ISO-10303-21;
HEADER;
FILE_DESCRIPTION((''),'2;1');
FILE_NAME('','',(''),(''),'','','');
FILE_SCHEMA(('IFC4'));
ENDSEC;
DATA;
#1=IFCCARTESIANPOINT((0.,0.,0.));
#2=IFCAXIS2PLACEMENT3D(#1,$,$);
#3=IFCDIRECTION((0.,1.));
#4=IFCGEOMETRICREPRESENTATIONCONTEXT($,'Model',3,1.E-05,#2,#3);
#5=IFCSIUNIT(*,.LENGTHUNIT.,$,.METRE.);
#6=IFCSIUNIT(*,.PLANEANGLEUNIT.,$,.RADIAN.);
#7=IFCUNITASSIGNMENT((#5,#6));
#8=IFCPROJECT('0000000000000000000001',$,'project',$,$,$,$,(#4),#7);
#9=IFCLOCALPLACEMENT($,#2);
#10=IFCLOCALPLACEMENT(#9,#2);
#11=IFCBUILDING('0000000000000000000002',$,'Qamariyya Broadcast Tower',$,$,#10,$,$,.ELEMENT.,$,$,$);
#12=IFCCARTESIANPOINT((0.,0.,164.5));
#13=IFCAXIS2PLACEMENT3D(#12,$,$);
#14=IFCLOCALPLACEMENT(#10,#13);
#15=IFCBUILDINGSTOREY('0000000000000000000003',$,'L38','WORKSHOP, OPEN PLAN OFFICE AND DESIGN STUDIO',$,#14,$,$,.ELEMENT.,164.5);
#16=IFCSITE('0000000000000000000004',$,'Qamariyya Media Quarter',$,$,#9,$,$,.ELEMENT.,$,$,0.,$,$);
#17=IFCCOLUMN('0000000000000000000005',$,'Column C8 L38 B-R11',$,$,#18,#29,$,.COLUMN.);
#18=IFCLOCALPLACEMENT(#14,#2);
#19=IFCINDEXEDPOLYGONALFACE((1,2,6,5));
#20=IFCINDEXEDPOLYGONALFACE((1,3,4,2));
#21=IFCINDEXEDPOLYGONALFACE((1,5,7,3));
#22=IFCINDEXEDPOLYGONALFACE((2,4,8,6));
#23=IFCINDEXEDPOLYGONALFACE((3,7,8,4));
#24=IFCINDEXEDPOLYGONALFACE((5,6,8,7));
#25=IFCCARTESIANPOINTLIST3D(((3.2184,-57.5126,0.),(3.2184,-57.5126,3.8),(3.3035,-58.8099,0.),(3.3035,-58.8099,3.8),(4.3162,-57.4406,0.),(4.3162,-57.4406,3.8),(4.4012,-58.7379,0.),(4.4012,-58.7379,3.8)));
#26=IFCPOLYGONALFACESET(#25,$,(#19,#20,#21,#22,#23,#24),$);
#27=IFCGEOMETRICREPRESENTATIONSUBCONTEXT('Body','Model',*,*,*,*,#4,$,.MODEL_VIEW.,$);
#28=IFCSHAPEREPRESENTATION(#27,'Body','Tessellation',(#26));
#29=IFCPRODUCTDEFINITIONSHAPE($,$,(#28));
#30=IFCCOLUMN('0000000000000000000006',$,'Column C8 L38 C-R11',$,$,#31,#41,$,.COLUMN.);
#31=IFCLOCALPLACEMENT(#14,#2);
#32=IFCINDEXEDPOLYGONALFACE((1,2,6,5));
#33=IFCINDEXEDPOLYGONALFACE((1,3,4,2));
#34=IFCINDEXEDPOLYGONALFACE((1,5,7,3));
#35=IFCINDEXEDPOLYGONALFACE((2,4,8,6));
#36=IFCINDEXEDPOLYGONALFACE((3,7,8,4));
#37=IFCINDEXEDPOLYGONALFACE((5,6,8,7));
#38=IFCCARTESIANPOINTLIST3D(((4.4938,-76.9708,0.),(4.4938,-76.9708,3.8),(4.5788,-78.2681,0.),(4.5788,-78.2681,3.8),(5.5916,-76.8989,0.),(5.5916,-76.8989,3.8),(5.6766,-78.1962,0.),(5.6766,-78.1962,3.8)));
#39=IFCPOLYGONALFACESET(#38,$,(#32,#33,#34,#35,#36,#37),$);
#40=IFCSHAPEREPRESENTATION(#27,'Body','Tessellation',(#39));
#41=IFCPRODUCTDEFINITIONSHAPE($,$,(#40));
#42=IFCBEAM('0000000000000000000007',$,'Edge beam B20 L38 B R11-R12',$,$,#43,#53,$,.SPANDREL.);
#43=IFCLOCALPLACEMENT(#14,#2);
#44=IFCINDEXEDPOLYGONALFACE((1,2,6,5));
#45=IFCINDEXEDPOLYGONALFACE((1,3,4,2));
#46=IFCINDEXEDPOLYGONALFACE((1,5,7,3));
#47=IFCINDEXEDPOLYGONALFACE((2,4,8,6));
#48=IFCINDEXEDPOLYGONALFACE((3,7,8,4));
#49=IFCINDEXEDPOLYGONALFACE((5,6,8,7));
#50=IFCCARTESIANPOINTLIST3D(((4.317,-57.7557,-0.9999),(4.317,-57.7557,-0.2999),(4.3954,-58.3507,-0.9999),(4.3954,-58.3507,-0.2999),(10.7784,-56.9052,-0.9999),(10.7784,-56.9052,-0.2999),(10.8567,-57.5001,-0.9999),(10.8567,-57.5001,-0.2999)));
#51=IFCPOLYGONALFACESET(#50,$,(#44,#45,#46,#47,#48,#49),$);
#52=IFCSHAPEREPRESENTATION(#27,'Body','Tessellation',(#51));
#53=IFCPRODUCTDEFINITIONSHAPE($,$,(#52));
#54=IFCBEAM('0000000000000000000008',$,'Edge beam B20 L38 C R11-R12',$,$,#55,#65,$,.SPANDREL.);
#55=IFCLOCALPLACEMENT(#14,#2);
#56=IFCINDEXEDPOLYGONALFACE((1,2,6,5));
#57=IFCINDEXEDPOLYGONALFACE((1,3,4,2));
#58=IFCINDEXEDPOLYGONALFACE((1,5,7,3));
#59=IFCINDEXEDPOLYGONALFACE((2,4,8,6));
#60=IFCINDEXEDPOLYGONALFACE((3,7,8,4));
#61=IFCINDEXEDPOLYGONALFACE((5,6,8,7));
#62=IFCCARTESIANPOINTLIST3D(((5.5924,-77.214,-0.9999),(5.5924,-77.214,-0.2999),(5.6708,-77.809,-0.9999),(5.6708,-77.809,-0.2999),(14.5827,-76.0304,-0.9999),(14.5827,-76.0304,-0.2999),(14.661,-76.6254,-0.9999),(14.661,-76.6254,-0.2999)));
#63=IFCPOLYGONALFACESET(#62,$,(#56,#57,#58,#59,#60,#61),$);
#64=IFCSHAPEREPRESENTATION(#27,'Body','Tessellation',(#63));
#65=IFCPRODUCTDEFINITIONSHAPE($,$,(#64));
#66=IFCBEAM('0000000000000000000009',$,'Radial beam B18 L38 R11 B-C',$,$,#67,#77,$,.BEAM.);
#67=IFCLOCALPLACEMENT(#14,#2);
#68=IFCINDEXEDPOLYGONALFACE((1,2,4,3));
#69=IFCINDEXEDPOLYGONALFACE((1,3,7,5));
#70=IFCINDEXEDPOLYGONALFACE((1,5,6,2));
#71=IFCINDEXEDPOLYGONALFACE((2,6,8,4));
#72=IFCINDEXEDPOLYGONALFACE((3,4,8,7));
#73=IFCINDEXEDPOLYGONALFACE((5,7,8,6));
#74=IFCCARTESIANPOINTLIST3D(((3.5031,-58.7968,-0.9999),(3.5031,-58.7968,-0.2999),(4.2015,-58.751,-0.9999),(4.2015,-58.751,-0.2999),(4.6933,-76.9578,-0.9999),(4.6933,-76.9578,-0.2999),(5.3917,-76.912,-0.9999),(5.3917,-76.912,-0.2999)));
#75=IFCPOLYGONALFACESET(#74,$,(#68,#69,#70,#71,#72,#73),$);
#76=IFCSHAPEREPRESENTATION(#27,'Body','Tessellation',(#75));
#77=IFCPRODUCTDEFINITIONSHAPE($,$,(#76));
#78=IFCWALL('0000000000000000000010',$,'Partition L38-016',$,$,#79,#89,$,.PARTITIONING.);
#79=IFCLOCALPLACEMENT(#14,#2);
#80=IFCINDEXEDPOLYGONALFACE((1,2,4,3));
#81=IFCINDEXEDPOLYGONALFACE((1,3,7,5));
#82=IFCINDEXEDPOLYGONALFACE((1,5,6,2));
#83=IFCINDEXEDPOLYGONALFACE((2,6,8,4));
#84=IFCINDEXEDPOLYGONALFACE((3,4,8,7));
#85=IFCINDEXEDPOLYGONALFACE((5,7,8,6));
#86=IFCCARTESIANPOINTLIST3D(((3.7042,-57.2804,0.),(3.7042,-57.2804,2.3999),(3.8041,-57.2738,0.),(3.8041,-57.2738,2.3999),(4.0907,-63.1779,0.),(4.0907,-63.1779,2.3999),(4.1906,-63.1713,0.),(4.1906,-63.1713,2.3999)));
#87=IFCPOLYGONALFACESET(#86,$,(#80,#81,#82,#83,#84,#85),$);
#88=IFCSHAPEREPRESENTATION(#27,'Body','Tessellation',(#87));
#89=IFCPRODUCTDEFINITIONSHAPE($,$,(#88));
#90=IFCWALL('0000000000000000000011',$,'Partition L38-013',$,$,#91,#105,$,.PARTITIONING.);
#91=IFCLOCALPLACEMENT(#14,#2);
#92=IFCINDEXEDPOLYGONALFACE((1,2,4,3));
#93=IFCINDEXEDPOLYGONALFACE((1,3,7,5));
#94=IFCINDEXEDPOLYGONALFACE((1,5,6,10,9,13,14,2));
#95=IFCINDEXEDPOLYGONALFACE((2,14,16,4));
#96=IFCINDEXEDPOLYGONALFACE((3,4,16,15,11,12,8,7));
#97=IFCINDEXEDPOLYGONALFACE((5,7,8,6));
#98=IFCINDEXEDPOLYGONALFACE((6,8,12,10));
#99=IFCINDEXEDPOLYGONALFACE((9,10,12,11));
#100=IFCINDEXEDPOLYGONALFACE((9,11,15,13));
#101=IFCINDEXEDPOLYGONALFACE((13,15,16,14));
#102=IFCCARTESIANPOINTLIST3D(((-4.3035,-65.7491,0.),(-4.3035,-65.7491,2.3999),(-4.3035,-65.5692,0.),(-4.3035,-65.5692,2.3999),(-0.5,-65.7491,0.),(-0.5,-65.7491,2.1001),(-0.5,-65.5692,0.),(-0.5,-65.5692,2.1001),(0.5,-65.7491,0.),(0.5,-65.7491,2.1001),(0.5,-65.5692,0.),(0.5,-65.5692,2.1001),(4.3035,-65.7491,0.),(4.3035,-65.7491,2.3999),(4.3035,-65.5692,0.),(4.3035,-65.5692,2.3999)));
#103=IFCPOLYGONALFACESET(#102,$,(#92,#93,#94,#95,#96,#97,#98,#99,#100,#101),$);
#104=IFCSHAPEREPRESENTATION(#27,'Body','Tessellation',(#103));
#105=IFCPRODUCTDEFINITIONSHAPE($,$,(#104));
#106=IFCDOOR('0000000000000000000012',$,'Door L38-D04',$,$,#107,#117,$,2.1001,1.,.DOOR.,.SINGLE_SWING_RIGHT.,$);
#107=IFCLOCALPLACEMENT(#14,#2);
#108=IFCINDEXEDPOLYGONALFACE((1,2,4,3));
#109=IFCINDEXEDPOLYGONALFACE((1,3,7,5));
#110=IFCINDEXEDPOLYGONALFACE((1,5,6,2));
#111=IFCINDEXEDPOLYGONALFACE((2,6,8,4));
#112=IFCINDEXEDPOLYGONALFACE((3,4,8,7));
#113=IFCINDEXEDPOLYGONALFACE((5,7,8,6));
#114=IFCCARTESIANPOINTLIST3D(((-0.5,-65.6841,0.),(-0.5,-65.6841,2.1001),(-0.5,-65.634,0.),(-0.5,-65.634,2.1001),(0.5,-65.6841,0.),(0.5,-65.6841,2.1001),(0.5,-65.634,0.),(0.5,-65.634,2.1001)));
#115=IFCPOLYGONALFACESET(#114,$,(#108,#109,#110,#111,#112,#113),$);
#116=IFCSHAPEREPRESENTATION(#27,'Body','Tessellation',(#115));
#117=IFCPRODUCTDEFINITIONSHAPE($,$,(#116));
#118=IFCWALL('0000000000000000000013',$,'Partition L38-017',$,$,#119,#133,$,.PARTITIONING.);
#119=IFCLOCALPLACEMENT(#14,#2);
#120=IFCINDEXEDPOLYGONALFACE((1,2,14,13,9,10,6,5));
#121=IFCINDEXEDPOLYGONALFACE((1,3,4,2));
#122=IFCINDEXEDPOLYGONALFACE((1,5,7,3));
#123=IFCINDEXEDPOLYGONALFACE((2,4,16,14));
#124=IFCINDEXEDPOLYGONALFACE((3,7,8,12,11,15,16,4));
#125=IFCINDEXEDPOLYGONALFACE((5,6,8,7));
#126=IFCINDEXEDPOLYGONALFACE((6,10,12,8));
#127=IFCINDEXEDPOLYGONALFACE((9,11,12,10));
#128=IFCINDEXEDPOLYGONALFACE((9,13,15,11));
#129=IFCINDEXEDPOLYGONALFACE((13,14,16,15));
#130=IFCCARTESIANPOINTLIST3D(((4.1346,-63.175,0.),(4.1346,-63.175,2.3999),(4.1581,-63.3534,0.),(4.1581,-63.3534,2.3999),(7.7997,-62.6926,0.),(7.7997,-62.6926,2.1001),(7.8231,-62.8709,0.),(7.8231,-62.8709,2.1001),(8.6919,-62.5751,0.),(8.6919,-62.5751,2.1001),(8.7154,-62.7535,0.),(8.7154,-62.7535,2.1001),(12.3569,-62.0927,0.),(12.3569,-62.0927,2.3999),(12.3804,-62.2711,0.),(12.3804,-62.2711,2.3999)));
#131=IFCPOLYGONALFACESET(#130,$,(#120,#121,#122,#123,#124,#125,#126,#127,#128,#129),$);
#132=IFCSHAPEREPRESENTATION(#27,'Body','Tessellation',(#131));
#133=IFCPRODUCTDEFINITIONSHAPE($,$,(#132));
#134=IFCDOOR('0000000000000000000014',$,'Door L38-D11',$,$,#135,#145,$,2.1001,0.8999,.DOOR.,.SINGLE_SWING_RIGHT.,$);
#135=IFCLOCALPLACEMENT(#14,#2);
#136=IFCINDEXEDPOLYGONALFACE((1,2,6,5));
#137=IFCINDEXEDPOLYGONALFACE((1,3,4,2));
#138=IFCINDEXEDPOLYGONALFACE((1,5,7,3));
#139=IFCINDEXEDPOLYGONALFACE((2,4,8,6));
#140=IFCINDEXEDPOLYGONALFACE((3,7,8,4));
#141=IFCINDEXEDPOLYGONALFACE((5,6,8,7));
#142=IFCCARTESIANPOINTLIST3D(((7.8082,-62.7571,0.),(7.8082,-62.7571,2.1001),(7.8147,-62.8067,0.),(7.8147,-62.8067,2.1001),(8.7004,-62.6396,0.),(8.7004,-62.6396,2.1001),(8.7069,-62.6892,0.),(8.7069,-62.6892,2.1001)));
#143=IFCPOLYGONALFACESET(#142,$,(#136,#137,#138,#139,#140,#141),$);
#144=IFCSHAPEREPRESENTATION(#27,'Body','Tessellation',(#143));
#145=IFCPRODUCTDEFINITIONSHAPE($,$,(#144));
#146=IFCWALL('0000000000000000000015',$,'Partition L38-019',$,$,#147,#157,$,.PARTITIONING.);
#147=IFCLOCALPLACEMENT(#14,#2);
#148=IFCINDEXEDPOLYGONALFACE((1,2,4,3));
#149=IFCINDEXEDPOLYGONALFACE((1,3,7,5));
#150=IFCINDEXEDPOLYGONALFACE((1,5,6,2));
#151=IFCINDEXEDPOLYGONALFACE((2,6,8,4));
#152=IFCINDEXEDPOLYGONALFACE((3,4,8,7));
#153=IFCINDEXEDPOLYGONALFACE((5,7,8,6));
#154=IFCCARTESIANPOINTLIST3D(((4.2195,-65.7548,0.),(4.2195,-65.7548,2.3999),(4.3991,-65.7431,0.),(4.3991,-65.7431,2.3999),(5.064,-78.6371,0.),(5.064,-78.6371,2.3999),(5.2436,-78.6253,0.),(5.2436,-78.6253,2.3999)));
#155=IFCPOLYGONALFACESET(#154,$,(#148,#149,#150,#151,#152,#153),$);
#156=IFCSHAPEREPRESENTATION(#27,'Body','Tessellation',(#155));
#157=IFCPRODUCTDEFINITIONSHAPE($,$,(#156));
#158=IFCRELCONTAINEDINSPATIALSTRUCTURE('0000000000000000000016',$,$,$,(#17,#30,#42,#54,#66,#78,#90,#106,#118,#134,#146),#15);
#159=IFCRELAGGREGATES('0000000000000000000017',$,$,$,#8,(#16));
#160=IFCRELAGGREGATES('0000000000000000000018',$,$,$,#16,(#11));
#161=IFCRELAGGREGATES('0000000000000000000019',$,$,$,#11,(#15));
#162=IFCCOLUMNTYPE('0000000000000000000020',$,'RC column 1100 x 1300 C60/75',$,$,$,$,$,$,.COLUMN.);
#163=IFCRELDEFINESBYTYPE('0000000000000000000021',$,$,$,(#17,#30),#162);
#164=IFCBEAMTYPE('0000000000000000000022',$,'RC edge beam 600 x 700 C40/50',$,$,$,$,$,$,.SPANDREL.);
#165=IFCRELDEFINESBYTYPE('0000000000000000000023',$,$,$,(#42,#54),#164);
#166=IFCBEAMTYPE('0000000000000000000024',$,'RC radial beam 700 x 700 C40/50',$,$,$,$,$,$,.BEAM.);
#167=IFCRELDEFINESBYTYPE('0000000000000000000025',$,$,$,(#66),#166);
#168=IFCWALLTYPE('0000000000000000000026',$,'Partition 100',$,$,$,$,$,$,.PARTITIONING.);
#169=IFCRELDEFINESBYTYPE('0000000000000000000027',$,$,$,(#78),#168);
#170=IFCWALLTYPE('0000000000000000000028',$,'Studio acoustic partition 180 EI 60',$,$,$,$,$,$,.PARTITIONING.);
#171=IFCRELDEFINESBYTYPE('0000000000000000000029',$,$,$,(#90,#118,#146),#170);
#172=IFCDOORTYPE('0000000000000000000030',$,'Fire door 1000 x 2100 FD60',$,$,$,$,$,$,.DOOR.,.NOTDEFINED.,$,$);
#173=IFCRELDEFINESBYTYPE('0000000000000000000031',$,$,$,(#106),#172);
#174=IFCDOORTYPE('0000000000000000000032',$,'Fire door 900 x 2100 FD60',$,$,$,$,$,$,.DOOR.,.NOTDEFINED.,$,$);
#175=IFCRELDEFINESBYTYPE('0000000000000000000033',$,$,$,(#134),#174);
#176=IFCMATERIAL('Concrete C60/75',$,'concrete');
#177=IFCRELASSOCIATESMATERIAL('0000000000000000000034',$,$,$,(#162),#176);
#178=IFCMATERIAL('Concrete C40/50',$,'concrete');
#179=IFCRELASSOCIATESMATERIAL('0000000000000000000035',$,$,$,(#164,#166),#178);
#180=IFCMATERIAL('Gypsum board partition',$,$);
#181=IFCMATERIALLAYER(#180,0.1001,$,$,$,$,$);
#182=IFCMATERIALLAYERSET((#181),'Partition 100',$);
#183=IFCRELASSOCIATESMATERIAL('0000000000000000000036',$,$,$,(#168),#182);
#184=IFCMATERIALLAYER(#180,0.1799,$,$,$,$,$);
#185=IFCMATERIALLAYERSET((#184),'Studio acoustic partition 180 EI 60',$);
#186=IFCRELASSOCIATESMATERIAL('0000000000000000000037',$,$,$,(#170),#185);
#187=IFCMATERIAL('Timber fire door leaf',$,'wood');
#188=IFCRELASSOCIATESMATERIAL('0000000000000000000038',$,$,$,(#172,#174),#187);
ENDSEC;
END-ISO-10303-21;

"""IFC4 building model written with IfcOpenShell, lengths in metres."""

from ifc_helpers import new_model, si_unit, direction, frame, frame_2d, origin, origin_2d, place, context, subcontext, project, spatial, rectangle, extrude, material, layer, layer_set, material_profile, profile_set, type_object, element, fill, save


model = new_model("IFC4")

# Units and contexts
model_context = context("Model", 3, precision=1e-05, world=origin(), true_north=direction((0.0, 1.0)))
body_context = subcontext(model_context, "Body", "Model", "MODEL_VIEW")
ifc_project = project(units=[si_unit("LENGTHUNIT", "METRE"), si_unit("PLANEANGLEUNIT", "RADIAN")], contexts=[model_context])

# Site, building, storey
site_placement = place(None, origin())
site = spatial("IfcSite", under=ifc_project, at=site_placement, Name="Qamariyya Media Quarter", CompositionType="ELEMENT", RefElevation=0.0)
building_placement = place(site_placement, origin())
building = spatial("IfcBuilding", under=site, at=building_placement, Name="Qamariyya Broadcast Tower", CompositionType="ELEMENT")
storey_placement = place(building_placement, frame((0.0, 0.0, 164.5)))
storey = spatial("IfcBuildingStorey", under=building, at=storey_placement, Name="L38", Description="WORKSHOP, OPEN PLAN OFFICE AND DESIGN STUDIO", CompositionType="ELEMENT", Elevation=164.5)

# Columns
ifc_material_1 = material(Name="Concrete C60/75", Category="concrete")
ifc_material_profile_1 = material_profile(ifc_material_1, rectangle(XDim=1.1001, YDim=1.3, at=origin_2d()))
ifc_profile_set_1 = profile_set([ifc_material_profile_1], Name="Concrete C60/75")
column_type = type_object("IfcColumnType", Name="RC column 1100 x 1300 C60/75", PredefinedType="COLUMN", material=ifc_profile_set_1)
for number, where, z_axis, x_axis, name in (
    (1, (3.8098, -58.1252, 0.0), (0.0, 0.0, 1.0), (0.997859, 0.065403, 0.0), "Column C8 L38 B-R11"),
    (2, (5.0852, -77.5835, 0.0), (0.0, 0.0, 1.0), (0.997859, 0.065403, 0.0), "Column C8 L38 C-R11"),
):
    element("IfcColumn", number, at=place(storey_placement, frame(where, z_axis=z_axis, x_axis=x_axis)), inside=storey, type_object=column_type, Name=name, PredefinedType="COLUMN", context=body_context, shape_type="SweptSolid", body=[
        extrude(rectangle(XDim=1.1001, YDim=1.3, at=origin_2d()), origin(), (0.0, 0.0, 1.0), 3.8),
    ])

# Beams
ifc_material_2 = material(Name="Concrete C40/50", Category="concrete")
ifc_material_profile_2 = material_profile(ifc_material_2, rectangle(XDim=0.6001, YDim=0.7, at=origin_2d()))
ifc_profile_set_2 = profile_set([ifc_material_profile_2], Name="Concrete C40/50")
beam_type_1 = type_object("IfcBeamType", Name="RC edge beam 600 x 700 C40/50", PredefinedType="SPANDREL", material=ifc_profile_set_2)
beam_1_placement = place(storey_placement, frame((4.3562, -58.0532, -0.6499), z_axis=(0.991446, 0.130515, 0.0), x_axis=(-0.130515, 0.991446, 0.0)))
element("IfcBeam", 3, at=beam_1_placement, inside=storey, type_object=beam_type_1, Name="Edge beam B20 L38 B R11-R12", PredefinedType="SPANDREL", context=body_context, shape_type="SweptSolid", body=[
    extrude(rectangle(XDim=0.6001, YDim=0.7, at=origin_2d()), origin(), (0.0, 0.0, 1.0), 6.5171),
])
beam_2_placement = place(storey_placement, frame((5.6316, -77.5115, -0.6499), z_axis=(0.991445, 0.130527, 0.0), x_axis=(-0.130527, 0.991445, 0.0)))
element("IfcBeam", 4, at=beam_2_placement, inside=storey, type_object=beam_type_1, Name="Edge beam B20 L38 C R11-R12", PredefinedType="SPANDREL", context=body_context, shape_type="SweptSolid", body=[
    extrude(rectangle(XDim=0.6001, YDim=0.7, at=origin_2d()), origin(), (0.0, 0.0, 1.0), 9.0679),
])
ifc_material_profile_3 = material_profile(ifc_material_2, rectangle(XDim=0.7, YDim=0.7, at=origin_2d()))
ifc_profile_set_3 = profile_set([ifc_material_profile_3], Name="Concrete C40/50")
beam_type_2 = type_object("IfcBeamType", Name="RC radial beam 700 x 700 C40/50", PredefinedType="BEAM", material=ifc_profile_set_3)
beam_3_placement = place(storey_placement, frame((3.8523, -58.7739, -0.6499), z_axis=(0.065395, -0.997859, 0.0), x_axis=(0.997859, 0.065395, 0.0)))
element("IfcBeam", 5, at=beam_3_placement, inside=storey, type_object=beam_type_2, Name="Radial beam B18 L38 R11 B-C", PredefinedType="BEAM", context=body_context, shape_type="SweptSolid", body=[
    extrude(rectangle(XDim=0.7, YDim=0.7, at=origin_2d()), origin(), (0.0, 0.0, 1.0), 18.2),
])

# Wall
ifc_material_3 = material(Name="Gypsum board partition")
ifc_layer_1 = layer(ifc_material_3, 0.1001)
ifc_layer_set_1 = layer_set([ifc_layer_1], Name="Partition 100")
wall_type_1 = type_object("IfcWallType", Name="Partition 100", PredefinedType="PARTITIONING", material=ifc_layer_set_1)
wall_1_placement = place(storey_placement, frame((3.7542, -57.2771, 0.0), z_axis=(0.0, 0.0, 1.0), x_axis=(0.065392, -0.99786, 0.0)))
element("IfcWall", 6, at=wall_1_placement, inside=storey, type_object=wall_type_1, Name="Partition L38-016", PredefinedType="PARTITIONING", context=body_context, shape_type="SweptSolid", body=[
    extrude(rectangle(XDim=5.9102, YDim=0.1001, at=frame_2d((2.9551, 0.0))), origin(), (0.0, 0.0, 1.0), 2.3999),
])

# Walls, openings, doors
ifc_layer_2 = layer(ifc_material_3, 0.1799)
ifc_layer_set_2 = layer_set([ifc_layer_2], Name="Studio acoustic partition 180 EI 60")
wall_type_2 = type_object("IfcWallType", Name="Studio acoustic partition 180 EI 60", PredefinedType="PARTITIONING", material=ifc_layer_set_2)
wall_2_placement = place(storey_placement, frame((4.3035, -65.6592, 0.0), z_axis=(0.0, 0.0, 1.0), x_axis=(-1.0, 0.0, 0.0)))
wall_2 = element("IfcWall", 7, at=wall_2_placement, inside=storey, type_object=wall_type_2, Name="Partition L38-013", PredefinedType="PARTITIONING", context=body_context, shape_type="SweptSolid", body=[
    extrude(rectangle(XDim=8.6069, YDim=0.1799, at=frame_2d((4.3035, 0.0))), origin(), (0.0, 0.0, 1.0), 2.3999),
])
opening_1_placement = place(wall_2_placement, frame((3.8035, 0.0, 0.0)))
opening_1 = element("IfcOpeningElement", 8, at=opening_1_placement, cuts=wall_2, PredefinedType="OPENING", context=body_context, shape_type="SweptSolid", body=[
    extrude(rectangle(XDim=1.0, YDim=2.1001, at=frame_2d((0.5, 1.05))), frame((0.0, 0.0999, 0.0), z_axis=(0.0, -1.0, 0.0), x_axis=(1.0, 0.0, 0.0)), (0.0, 0.0, 1.0), 0.2),
])
ifc_material_4 = material(Name="Timber fire door leaf", Category="wood")
door_type_1 = type_object("IfcDoorType", Name="Fire door 1000 x 2100 FD60", OperationType="NOTDEFINED", PredefinedType="DOOR", material=ifc_material_4)
door_1_placement = place(opening_1_placement, origin())
door_1 = element("IfcDoor", 9, at=door_1_placement, inside=storey, type_object=door_type_1, Name="Door L38-D04", OperationType="SINGLE_SWING_RIGHT", OverallHeight=2.1001, OverallWidth=1.0, PredefinedType="DOOR", context=body_context, shape_type="SweptSolid", body=[
    extrude(rectangle(XDim=1.0, YDim=2.1001, at=frame_2d((0.5, 1.05))), frame((0.0, 0.0249, 0.0), z_axis=(0.0, -1.0, 0.0), x_axis=(1.0, 0.0, 0.0)), (0.0, 0.0, 1.0), 0.05),
])
fill(opening_1, door_1)
wall_3_placement = place(storey_placement, frame((4.1465, -63.2642, 0.0), z_axis=(0.0, 0.0, 1.0), x_axis=(0.991448, 0.130503, 0.0)))
wall_3 = element("IfcWall", 10, at=wall_3_placement, inside=storey, type_object=wall_type_2, Name="Partition L38-017", PredefinedType="PARTITIONING", context=body_context, shape_type="SweptSolid", body=[
    extrude(rectangle(XDim=8.2932, YDim=0.1799, at=frame_2d((4.1465, 0.0))), origin(), (0.0, 0.0, 1.0), 2.3999),
])
opening_2_placement = place(wall_3_placement, frame((3.6965, 0.0, 0.0)))
opening_2 = element("IfcOpeningElement", 11, at=opening_2_placement, cuts=wall_3, PredefinedType="OPENING", context=body_context, shape_type="SweptSolid", body=[
    extrude(rectangle(XDim=0.8999, YDim=2.1001, at=frame_2d((0.45, 1.05))), frame((0.0, 0.0999, 0.0), z_axis=(0.0, -1.0, 0.0), x_axis=(1.0, 0.0, 0.0)), (0.0, 0.0, 1.0), 0.2),
])
door_type_2 = type_object("IfcDoorType", Name="Fire door 900 x 2100 FD60", OperationType="NOTDEFINED", PredefinedType="DOOR", material=ifc_material_4)
door_2_placement = place(opening_2_placement, origin())
door_2 = element("IfcDoor", 12, at=door_2_placement, inside=storey, type_object=door_type_2, Name="Door L38-D11", OperationType="SINGLE_SWING_RIGHT", OverallHeight=2.1001, OverallWidth=0.8999, PredefinedType="DOOR", context=body_context, shape_type="SweptSolid", body=[
    extrude(rectangle(XDim=0.8999, YDim=2.1001, at=frame_2d((0.45, 1.05))), frame((0.0, 0.0249, 0.0), z_axis=(0.0, -1.0, 0.0), x_axis=(1.0, 0.0, 0.0)), (0.0, 0.0, 1.0), 0.05),
])
fill(opening_2, door_2)

# Wall
wall_4_placement = place(storey_placement, frame((5.1538, -78.6313, 0.0), z_axis=(0.0, 0.0, 1.0), x_axis=(-0.065413, 0.997858, 0.0)))
element("IfcWall", 13, at=wall_4_placement, inside=storey, type_object=wall_type_2, Name="Partition L38-019", PredefinedType="PARTITIONING", context=body_context, shape_type="SweptSolid", body=[
    extrude(rectangle(XDim=12.9099, YDim=0.1799, at=frame_2d((6.4551, 0.0))), origin(), (0.0, 0.0, 1.0), 2.3999),
])

save(model, "model.ifc")
